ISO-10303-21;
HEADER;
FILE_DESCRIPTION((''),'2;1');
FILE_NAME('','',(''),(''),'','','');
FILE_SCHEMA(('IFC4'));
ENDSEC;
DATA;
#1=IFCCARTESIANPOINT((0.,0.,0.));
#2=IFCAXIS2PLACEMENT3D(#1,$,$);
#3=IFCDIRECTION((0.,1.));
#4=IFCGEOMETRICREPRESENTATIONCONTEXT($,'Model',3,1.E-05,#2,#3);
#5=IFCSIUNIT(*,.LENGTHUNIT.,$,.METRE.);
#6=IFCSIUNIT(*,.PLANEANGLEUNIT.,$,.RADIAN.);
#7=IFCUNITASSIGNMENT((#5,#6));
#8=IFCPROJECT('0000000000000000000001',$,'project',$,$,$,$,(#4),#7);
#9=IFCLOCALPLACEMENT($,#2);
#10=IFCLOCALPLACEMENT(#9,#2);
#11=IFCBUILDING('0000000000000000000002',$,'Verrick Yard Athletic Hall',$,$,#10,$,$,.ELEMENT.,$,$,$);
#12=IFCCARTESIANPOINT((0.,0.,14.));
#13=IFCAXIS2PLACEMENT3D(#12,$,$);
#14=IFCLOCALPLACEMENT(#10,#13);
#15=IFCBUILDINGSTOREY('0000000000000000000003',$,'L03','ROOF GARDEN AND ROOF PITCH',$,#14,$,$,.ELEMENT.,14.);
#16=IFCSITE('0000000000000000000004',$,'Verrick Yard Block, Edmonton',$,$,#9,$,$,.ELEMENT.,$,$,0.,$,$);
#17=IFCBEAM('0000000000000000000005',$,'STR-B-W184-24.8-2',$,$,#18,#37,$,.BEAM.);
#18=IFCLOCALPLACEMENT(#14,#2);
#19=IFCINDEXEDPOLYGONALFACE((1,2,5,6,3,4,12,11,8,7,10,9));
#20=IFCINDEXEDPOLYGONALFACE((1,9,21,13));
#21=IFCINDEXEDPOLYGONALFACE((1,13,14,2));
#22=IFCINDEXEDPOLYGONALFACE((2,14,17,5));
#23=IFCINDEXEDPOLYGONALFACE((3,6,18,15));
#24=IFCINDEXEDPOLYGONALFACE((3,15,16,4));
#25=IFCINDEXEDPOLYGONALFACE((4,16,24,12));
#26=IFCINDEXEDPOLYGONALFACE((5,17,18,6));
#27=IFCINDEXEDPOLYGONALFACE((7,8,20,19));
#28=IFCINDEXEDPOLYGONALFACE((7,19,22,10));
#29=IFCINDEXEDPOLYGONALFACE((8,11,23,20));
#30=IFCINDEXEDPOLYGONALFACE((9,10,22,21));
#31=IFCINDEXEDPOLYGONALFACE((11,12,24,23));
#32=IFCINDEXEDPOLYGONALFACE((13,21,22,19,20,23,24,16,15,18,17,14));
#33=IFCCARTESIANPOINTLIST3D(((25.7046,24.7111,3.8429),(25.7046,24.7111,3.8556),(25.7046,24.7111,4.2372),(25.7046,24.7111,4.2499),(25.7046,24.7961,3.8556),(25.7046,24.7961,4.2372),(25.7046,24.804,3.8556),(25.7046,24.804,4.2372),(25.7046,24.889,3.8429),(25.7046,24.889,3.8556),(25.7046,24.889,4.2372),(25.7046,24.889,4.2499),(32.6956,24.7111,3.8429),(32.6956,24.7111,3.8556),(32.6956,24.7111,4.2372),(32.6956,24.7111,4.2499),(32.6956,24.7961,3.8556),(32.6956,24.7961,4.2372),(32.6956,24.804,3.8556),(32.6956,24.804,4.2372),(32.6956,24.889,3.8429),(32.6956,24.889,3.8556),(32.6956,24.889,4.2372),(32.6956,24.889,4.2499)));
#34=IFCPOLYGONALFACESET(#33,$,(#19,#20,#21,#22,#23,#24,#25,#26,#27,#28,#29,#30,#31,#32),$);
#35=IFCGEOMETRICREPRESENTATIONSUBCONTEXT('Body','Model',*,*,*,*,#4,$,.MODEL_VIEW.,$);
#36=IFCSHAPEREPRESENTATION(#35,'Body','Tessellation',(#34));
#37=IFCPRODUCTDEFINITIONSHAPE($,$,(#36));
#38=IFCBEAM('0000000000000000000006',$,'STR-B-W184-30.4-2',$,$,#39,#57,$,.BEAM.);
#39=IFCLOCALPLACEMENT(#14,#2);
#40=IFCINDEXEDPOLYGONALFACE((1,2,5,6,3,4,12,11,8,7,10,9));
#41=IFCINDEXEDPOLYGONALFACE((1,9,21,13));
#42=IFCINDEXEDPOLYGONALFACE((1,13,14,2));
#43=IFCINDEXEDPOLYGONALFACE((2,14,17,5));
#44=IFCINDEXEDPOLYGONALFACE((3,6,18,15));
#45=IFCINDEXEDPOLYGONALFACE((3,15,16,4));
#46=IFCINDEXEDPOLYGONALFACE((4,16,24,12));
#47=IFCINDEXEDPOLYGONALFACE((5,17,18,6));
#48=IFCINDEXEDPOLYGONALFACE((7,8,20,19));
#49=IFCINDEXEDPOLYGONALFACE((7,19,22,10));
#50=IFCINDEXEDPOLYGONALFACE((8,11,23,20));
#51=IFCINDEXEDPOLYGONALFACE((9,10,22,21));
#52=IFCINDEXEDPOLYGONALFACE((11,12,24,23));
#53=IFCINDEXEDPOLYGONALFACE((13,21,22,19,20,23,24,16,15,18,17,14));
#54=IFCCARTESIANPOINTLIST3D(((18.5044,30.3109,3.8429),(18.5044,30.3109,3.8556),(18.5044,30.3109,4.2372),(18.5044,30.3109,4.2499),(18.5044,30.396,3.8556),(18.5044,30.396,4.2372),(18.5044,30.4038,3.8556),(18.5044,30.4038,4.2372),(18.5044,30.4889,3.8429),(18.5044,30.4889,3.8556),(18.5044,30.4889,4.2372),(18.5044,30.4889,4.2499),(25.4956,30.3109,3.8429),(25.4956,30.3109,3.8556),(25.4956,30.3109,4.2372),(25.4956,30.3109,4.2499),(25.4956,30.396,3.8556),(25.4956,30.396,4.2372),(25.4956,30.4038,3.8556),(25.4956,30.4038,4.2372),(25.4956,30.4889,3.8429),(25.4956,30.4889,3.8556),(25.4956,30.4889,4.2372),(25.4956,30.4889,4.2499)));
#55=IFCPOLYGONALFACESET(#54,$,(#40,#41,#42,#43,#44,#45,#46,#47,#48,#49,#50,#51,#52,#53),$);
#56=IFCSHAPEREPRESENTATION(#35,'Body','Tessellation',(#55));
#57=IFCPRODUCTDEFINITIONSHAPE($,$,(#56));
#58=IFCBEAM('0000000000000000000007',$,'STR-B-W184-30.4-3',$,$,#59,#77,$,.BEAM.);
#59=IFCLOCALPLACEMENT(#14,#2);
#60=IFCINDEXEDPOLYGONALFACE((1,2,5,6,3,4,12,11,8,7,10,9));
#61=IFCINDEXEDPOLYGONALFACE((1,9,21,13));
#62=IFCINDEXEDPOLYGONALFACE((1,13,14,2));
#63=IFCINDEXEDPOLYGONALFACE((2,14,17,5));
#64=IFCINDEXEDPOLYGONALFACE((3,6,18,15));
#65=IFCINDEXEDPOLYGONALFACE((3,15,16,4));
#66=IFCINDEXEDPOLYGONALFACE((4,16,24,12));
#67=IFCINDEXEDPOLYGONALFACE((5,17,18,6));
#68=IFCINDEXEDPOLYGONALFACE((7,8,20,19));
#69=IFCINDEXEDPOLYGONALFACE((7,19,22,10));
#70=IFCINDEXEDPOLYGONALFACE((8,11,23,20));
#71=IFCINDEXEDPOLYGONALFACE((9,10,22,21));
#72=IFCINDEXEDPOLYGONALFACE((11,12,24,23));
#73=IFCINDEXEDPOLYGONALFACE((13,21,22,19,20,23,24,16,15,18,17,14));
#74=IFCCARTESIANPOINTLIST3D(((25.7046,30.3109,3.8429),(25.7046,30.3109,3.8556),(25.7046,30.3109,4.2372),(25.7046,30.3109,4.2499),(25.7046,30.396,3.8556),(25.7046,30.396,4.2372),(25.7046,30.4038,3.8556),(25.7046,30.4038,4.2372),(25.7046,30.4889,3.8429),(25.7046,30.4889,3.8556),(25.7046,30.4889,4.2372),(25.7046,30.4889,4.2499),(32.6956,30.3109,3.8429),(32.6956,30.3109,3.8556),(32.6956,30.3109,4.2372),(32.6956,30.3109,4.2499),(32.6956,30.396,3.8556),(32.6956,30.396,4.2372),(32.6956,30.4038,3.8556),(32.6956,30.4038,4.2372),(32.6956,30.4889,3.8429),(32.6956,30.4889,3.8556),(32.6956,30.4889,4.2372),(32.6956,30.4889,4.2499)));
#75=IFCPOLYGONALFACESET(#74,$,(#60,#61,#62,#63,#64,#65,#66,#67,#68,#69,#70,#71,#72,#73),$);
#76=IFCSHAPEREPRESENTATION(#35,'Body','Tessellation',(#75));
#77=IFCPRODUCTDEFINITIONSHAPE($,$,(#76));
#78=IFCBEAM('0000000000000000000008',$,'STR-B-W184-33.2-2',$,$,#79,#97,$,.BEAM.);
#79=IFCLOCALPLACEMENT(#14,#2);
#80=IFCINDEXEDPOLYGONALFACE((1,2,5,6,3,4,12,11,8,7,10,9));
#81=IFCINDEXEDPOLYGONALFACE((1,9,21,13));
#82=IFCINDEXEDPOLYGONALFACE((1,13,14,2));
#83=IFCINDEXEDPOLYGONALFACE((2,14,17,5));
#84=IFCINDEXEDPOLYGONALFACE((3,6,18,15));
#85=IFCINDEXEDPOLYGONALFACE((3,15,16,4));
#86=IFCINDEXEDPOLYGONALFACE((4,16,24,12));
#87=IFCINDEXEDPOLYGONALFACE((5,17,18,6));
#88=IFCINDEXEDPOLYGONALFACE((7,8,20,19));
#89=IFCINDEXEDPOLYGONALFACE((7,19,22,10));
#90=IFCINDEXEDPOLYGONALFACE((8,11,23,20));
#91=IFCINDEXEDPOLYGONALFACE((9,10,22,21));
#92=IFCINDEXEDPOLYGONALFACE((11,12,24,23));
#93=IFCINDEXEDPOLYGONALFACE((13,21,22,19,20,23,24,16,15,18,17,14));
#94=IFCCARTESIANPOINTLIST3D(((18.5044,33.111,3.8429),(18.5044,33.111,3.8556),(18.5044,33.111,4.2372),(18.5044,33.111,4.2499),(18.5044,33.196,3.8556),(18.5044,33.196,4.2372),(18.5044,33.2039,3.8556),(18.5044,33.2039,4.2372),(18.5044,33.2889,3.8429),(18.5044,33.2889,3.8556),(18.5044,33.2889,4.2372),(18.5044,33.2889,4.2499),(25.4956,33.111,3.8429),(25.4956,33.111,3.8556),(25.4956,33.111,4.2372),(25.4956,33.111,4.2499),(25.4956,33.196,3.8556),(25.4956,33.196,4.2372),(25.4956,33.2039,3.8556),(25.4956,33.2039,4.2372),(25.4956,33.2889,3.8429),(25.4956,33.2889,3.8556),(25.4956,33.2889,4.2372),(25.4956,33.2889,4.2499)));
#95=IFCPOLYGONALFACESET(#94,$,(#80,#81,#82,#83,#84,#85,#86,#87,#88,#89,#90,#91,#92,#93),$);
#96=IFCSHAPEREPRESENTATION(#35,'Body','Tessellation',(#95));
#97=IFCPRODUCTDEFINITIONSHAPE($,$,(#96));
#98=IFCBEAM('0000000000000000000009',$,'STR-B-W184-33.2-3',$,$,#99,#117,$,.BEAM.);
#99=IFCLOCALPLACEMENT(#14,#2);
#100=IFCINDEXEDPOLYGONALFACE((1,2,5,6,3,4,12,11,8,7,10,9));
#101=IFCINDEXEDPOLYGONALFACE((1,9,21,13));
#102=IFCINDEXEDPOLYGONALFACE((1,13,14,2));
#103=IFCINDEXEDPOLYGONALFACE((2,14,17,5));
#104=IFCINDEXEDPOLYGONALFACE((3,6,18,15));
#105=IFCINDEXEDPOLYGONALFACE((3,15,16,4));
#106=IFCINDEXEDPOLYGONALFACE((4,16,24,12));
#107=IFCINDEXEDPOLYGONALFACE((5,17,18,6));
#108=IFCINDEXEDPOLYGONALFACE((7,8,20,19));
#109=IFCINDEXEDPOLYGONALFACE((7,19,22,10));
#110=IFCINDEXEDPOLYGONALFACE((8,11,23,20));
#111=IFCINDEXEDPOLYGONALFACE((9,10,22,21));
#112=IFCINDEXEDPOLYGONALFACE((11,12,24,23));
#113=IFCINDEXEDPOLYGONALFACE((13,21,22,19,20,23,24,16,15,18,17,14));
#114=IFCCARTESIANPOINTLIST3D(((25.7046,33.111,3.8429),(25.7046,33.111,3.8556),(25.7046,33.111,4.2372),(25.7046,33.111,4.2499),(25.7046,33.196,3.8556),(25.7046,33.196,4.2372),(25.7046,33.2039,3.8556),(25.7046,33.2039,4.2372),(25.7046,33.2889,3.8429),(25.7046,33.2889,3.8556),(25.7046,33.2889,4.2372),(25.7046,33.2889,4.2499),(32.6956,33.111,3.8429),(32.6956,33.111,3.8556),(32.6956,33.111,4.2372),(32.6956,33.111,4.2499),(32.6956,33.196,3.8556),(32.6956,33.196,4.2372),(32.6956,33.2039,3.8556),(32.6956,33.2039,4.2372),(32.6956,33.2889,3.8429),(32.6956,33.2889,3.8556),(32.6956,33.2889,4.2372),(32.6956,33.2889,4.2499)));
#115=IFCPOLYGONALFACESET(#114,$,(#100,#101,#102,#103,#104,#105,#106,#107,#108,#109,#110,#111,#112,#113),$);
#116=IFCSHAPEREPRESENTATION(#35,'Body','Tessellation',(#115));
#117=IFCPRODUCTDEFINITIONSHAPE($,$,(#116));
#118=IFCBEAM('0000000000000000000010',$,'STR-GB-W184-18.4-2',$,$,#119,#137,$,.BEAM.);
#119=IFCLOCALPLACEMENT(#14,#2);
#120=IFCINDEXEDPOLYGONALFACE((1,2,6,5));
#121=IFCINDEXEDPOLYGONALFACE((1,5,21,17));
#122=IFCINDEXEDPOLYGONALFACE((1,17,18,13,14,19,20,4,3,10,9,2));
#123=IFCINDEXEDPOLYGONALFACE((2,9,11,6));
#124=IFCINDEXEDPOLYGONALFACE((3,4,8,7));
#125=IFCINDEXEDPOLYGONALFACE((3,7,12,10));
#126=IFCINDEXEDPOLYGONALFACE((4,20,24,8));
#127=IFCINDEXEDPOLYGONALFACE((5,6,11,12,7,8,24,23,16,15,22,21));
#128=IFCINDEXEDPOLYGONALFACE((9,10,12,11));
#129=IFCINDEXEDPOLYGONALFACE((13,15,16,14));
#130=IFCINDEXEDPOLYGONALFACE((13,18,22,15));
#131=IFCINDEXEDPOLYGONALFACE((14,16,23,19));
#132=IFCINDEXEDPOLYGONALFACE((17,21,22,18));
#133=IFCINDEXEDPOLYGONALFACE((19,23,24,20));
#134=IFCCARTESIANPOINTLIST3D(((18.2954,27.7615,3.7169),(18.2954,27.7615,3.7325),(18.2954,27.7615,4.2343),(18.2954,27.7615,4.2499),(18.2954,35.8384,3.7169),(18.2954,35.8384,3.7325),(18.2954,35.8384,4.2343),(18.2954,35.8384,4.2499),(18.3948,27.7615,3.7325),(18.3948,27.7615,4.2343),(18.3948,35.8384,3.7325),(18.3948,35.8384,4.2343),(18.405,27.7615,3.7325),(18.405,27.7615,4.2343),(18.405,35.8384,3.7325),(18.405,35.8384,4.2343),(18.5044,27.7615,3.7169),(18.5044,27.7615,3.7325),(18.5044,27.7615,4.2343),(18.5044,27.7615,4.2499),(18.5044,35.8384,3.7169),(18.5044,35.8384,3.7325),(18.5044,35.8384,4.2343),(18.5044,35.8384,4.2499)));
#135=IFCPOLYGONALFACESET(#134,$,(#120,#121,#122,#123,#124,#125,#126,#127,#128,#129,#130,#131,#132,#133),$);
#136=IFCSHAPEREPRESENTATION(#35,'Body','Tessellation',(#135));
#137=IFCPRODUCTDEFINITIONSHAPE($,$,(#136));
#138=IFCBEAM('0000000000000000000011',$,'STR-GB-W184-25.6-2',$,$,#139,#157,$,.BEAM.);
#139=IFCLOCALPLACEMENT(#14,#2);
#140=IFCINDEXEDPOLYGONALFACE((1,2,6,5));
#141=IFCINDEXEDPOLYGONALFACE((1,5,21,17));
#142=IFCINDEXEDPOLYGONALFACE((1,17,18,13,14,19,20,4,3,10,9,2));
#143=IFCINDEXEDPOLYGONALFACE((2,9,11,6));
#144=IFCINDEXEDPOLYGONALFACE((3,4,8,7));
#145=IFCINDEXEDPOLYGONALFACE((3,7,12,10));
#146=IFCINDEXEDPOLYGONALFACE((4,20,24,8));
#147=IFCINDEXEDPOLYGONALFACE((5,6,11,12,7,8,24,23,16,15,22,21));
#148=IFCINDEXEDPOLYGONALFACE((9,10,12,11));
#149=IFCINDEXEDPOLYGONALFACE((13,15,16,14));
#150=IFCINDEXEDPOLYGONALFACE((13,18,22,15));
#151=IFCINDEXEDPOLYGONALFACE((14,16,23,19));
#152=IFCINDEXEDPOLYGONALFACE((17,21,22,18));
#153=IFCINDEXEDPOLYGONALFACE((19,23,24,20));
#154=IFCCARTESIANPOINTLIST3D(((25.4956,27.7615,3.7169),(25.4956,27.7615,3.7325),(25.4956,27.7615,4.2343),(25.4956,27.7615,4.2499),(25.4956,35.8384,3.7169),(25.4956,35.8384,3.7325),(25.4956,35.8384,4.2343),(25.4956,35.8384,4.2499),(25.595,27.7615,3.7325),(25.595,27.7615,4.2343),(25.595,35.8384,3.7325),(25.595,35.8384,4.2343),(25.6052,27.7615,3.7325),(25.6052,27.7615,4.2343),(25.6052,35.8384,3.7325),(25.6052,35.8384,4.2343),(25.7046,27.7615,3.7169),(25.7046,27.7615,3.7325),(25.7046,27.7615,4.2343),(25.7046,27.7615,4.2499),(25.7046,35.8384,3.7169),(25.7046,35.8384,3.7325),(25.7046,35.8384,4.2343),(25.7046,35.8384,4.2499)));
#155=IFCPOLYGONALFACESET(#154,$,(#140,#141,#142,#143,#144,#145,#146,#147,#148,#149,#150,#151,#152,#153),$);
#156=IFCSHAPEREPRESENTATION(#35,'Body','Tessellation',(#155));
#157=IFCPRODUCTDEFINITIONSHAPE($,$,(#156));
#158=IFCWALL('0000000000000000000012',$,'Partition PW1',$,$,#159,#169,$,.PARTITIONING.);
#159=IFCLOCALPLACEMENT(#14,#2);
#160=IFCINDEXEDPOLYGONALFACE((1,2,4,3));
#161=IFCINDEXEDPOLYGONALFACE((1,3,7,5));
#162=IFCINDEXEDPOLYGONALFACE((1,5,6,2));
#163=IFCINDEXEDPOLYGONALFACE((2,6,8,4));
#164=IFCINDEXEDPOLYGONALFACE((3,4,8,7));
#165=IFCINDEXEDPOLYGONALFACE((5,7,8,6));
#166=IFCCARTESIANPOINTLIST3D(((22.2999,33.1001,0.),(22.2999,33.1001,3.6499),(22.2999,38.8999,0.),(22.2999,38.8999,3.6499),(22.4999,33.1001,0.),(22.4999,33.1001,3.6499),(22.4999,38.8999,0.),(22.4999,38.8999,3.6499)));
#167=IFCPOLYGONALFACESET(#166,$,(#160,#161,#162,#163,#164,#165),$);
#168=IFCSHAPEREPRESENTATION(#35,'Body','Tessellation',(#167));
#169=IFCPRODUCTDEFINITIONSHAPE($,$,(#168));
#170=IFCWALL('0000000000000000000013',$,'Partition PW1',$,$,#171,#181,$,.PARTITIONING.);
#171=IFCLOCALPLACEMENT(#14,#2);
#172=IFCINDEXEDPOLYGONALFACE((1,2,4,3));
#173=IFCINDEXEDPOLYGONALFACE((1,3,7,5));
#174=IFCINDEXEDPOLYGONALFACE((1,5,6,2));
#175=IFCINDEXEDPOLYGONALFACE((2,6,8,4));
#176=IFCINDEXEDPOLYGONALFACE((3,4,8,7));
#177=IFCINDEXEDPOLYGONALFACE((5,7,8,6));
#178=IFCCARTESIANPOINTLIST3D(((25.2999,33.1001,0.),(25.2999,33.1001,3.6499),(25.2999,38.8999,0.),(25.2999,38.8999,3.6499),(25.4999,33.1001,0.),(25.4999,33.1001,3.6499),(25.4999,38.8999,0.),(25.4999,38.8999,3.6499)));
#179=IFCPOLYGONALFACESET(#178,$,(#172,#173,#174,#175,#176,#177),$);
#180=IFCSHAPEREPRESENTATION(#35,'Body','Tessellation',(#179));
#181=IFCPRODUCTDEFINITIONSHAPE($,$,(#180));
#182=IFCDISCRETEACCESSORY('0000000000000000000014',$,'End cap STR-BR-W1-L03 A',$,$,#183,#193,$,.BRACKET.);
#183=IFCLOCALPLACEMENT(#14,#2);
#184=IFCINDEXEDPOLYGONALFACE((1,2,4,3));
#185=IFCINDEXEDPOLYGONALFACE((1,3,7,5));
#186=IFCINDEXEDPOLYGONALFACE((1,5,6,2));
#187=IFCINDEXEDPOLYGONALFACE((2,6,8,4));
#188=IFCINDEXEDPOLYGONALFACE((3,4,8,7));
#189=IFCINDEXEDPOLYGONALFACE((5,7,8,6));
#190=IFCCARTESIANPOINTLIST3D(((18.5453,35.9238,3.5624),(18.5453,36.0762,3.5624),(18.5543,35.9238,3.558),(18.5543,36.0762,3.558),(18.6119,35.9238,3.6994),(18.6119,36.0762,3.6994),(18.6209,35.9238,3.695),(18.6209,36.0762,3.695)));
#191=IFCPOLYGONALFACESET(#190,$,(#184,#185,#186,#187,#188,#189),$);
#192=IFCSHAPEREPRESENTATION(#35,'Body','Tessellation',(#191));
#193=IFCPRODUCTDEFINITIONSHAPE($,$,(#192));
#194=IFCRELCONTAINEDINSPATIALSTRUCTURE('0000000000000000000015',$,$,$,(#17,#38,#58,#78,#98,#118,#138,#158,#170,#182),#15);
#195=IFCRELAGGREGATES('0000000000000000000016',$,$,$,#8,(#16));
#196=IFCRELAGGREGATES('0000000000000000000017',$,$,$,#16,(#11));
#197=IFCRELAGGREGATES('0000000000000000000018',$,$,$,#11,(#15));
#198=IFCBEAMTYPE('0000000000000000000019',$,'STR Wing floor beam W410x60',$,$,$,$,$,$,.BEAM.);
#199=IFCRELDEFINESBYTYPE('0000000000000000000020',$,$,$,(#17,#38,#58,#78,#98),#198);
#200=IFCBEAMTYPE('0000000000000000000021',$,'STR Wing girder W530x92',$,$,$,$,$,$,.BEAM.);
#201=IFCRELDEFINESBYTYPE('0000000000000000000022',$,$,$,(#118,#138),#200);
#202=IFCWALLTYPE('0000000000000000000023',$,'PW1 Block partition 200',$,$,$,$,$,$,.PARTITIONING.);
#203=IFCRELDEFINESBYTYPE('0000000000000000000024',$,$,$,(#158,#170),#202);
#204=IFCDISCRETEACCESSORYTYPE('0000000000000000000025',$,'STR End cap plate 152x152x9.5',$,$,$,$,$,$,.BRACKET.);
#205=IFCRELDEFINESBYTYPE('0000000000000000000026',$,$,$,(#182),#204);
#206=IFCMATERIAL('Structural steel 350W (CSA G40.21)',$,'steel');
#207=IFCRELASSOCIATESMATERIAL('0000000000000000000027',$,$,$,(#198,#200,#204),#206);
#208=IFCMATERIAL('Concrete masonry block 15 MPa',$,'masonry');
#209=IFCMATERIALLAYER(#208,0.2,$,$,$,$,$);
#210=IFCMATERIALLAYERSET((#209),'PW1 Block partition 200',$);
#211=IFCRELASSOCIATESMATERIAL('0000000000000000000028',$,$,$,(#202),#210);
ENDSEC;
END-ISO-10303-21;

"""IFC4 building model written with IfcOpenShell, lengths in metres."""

from ifc_helpers import new_model, si_unit, direction, frame, frame_2d, origin, origin_2d, place, context, subcontext, project, spatial, rectangle, i_section, extrude, material, layer, layer_set, material_profile, profile_set, type_object, element, save


model = new_model("IFC4")

# Units and contexts
model_context = context("Model", 3, precision=1e-05, world=origin(), true_north=direction((0.0, 1.0)))
body_context = subcontext(model_context, "Body", "Model", "MODEL_VIEW")
ifc_project = project(units=[si_unit("LENGTHUNIT", "METRE"), si_unit("PLANEANGLEUNIT", "RADIAN")], contexts=[model_context])

# Site, building, storey
site_placement = place(None, origin())
site = spatial("IfcSite", under=ifc_project, at=site_placement, Name="Verrick Yard Block, Edmonton", CompositionType="ELEMENT", RefElevation=0.0)
building_placement = place(site_placement, origin())
building = spatial("IfcBuilding", under=site, at=building_placement, Name="Verrick Yard Athletic Hall", CompositionType="ELEMENT")
storey_placement = place(building_placement, frame((0.0, 0.0, 14.0)))
storey = spatial("IfcBuildingStorey", under=building, at=storey_placement, Name="L03", Description="ROOF GARDEN AND ROOF PITCH", CompositionType="ELEMENT", Elevation=14.0)

# Shared definitions
ifc_material_1 = material(Name="Structural steel 350W (CSA G40.21)", Category="steel")

# Beams
ifc_material_profile_1 = material_profile(ifc_material_1, i_section(OverallWidth=0.178, OverallDepth=0.407, WebThickness=0.0078, FlangeThickness=0.0127, at=origin_2d()), Name="W410x60")
ifc_profile_set_1 = profile_set([ifc_material_profile_1], Name="Structural steel 350W (CSA G40.21)")
beam_type_1 = type_object("IfcBeamType", Name="STR Wing floor beam W410x60", PredefinedType="BEAM", material=ifc_profile_set_1)
beam_1_placement = place(storey_placement, frame((25.7046, 24.8, 4.0464), z_axis=(1.0, 0.0, 0.0), x_axis=(0.0, 1.0, 0.0)))
element("IfcBeam", 1, at=beam_1_placement, inside=storey, type_object=beam_type_1, Name="STR-B-W184-24.8-2", PredefinedType="BEAM", context=body_context, shape_type="SweptSolid", body=[
    extrude(i_section(OverallWidth=0.178, OverallDepth=0.407, WebThickness=0.0078, FlangeThickness=0.0127, at=origin_2d()), origin(), (0.0, 0.0, 1.0), 6.991),
])
beam_2_placement = place(storey_placement, frame((18.5044, 30.3999, 4.0464), z_axis=(1.0, 0.0, 0.0), x_axis=(0.0, 1.0, 0.0)))
element("IfcBeam", 2, at=beam_2_placement, inside=storey, type_object=beam_type_1, Name="STR-B-W184-30.4-2", PredefinedType="BEAM", context=body_context, shape_type="SweptSolid", body=[
    extrude(i_section(OverallWidth=0.178, OverallDepth=0.407, WebThickness=0.0078, FlangeThickness=0.0127, at=origin_2d()), origin(), (0.0, 0.0, 1.0), 6.9912),
])
beam_3_placement = place(storey_placement, frame((25.7046, 30.3999, 4.0464), z_axis=(1.0, 0.0, 0.0), x_axis=(0.0, 1.0, 0.0)))
element("IfcBeam", 3, at=beam_3_placement, inside=storey, type_object=beam_type_1, Name="STR-B-W184-30.4-3", PredefinedType="BEAM", context=body_context, shape_type="SweptSolid", body=[
    extrude(i_section(OverallWidth=0.178, OverallDepth=0.407, WebThickness=0.0078, FlangeThickness=0.0127, at=origin_2d()), origin(), (0.0, 0.0, 1.0), 6.991),
])
beam_4_placement = place(storey_placement, frame((18.5044, 33.2, 4.0464), z_axis=(1.0, 0.0, 0.0), x_axis=(0.0, 1.0, 0.0)))
element("IfcBeam", 4, at=beam_4_placement, inside=storey, type_object=beam_type_1, Name="STR-B-W184-33.2-2", PredefinedType="BEAM", context=body_context, shape_type="SweptSolid", body=[
    extrude(i_section(OverallWidth=0.178, OverallDepth=0.407, WebThickness=0.0078, FlangeThickness=0.0127, at=origin_2d()), origin(), (0.0, 0.0, 1.0), 6.9912),
])
beam_5_placement = place(storey_placement, frame((25.7046, 33.2, 4.0464), z_axis=(1.0, 0.0, 0.0), x_axis=(0.0, 1.0, 0.0)))
element("IfcBeam", 5, at=beam_5_placement, inside=storey, type_object=beam_type_1, Name="STR-B-W184-33.2-3", PredefinedType="BEAM", context=body_context, shape_type="SweptSolid", body=[
    extrude(i_section(OverallWidth=0.178, OverallDepth=0.407, WebThickness=0.0078, FlangeThickness=0.0127, at=origin_2d()), origin(), (0.0, 0.0, 1.0), 6.991),
])
ifc_material_profile_2 = material_profile(ifc_material_1, i_section(OverallWidth=0.209, OverallDepth=0.533, WebThickness=0.0103, FlangeThickness=0.0156, at=origin_2d()), Name="W530x92")
ifc_profile_set_2 = profile_set([ifc_material_profile_2], Name="Structural steel 350W (CSA G40.21)")
beam_type_2 = type_object("IfcBeamType", Name="STR Wing girder W530x92", PredefinedType="BEAM", material=ifc_profile_set_2)
for number, where, z_axis, x_axis, name in (
    (6, (18.3999, 27.7615, 3.9834), (0.0, 1.0, 0.0), (-1.0, 0.0, 0.0), "STR-GB-W184-18.4-2"),
    (7, (25.6001, 27.7615, 3.9834), (0.0, 1.0, 0.0), (-1.0, 0.0, 0.0), "STR-GB-W184-25.6-2"),
):
    element("IfcBeam", number, at=place(storey_placement, frame(where, z_axis=z_axis, x_axis=x_axis)), inside=storey, type_object=beam_type_2, Name=name, PredefinedType="BEAM", context=body_context, shape_type="SweptSolid", body=[
        extrude(i_section(OverallWidth=0.209, OverallDepth=0.533, WebThickness=0.0103, FlangeThickness=0.0156, at=origin_2d()), origin(), (0.0, 0.0, 1.0), 8.0769),
    ])

# Walls
ifc_material_2 = material(Name="Concrete masonry block 15 MPa", Category="masonry")
ifc_layer = layer(ifc_material_2, 0.2)
ifc_layer_set = layer_set([ifc_layer], Name="PW1 Block partition 200")
wall_type = type_object("IfcWallType", Name="PW1 Block partition 200", PredefinedType="PARTITIONING", material=ifc_layer_set)
for number, where, z_axis, x_axis, name in (
    (8, (22.3999, 33.1001, 0.0), (0.0, 0.0, 1.0), (0.0, 1.0, 0.0), "Partition PW1"),
    (9, (25.3999, 33.1001, 0.0), (0.0, 0.0, 1.0), (0.0, 1.0, 0.0), "Partition PW1"),
):
    element("IfcWall", number, at=place(storey_placement, frame(where, z_axis=z_axis, x_axis=x_axis)), inside=storey, type_object=wall_type, Name=name, PredefinedType="PARTITIONING", context=body_context, shape_type="SweptSolid", body=[
        extrude(rectangle(XDim=5.7998, YDim=0.2, at=frame_2d((2.8999, 0.0))), origin(), (0.0, 0.0, 1.0), 3.6499),
    ])

# Discrete accessory
ifc_material_profile_3 = material_profile(ifc_material_1, rectangle(XDim=0.1523, YDim=0.1523, at=origin_2d()), Name="STR End cap plate 152x152x9.5")
ifc_profile_set_3 = profile_set([ifc_material_profile_3], Name="Structural steel 350W (CSA G40.21)")
discrete_accessory_type = type_object("IfcDiscreteAccessoryType", Name="STR End cap plate 152x152x9.5", PredefinedType="BRACKET", material=ifc_profile_set_3)
discrete_accessory_placement = place(storey_placement, frame((18.5786, 36.0, 3.6309), z_axis=(0.899235, 0.0, -0.437466), x_axis=(0.0, 1.0, 0.0)))
element("IfcDiscreteAccessory", 10, at=discrete_accessory_placement, inside=storey, type_object=discrete_accessory_type, Name="End cap STR-BR-W1-L03 A", PredefinedType="BRACKET", context=body_context, shape_type="SweptSolid", body=[
    extrude(rectangle(XDim=0.1523, YDim=0.1523, at=origin_2d()), origin(), (0.0, 0.0, 1.0), 0.01),
])

save(model, "model.ifc")
